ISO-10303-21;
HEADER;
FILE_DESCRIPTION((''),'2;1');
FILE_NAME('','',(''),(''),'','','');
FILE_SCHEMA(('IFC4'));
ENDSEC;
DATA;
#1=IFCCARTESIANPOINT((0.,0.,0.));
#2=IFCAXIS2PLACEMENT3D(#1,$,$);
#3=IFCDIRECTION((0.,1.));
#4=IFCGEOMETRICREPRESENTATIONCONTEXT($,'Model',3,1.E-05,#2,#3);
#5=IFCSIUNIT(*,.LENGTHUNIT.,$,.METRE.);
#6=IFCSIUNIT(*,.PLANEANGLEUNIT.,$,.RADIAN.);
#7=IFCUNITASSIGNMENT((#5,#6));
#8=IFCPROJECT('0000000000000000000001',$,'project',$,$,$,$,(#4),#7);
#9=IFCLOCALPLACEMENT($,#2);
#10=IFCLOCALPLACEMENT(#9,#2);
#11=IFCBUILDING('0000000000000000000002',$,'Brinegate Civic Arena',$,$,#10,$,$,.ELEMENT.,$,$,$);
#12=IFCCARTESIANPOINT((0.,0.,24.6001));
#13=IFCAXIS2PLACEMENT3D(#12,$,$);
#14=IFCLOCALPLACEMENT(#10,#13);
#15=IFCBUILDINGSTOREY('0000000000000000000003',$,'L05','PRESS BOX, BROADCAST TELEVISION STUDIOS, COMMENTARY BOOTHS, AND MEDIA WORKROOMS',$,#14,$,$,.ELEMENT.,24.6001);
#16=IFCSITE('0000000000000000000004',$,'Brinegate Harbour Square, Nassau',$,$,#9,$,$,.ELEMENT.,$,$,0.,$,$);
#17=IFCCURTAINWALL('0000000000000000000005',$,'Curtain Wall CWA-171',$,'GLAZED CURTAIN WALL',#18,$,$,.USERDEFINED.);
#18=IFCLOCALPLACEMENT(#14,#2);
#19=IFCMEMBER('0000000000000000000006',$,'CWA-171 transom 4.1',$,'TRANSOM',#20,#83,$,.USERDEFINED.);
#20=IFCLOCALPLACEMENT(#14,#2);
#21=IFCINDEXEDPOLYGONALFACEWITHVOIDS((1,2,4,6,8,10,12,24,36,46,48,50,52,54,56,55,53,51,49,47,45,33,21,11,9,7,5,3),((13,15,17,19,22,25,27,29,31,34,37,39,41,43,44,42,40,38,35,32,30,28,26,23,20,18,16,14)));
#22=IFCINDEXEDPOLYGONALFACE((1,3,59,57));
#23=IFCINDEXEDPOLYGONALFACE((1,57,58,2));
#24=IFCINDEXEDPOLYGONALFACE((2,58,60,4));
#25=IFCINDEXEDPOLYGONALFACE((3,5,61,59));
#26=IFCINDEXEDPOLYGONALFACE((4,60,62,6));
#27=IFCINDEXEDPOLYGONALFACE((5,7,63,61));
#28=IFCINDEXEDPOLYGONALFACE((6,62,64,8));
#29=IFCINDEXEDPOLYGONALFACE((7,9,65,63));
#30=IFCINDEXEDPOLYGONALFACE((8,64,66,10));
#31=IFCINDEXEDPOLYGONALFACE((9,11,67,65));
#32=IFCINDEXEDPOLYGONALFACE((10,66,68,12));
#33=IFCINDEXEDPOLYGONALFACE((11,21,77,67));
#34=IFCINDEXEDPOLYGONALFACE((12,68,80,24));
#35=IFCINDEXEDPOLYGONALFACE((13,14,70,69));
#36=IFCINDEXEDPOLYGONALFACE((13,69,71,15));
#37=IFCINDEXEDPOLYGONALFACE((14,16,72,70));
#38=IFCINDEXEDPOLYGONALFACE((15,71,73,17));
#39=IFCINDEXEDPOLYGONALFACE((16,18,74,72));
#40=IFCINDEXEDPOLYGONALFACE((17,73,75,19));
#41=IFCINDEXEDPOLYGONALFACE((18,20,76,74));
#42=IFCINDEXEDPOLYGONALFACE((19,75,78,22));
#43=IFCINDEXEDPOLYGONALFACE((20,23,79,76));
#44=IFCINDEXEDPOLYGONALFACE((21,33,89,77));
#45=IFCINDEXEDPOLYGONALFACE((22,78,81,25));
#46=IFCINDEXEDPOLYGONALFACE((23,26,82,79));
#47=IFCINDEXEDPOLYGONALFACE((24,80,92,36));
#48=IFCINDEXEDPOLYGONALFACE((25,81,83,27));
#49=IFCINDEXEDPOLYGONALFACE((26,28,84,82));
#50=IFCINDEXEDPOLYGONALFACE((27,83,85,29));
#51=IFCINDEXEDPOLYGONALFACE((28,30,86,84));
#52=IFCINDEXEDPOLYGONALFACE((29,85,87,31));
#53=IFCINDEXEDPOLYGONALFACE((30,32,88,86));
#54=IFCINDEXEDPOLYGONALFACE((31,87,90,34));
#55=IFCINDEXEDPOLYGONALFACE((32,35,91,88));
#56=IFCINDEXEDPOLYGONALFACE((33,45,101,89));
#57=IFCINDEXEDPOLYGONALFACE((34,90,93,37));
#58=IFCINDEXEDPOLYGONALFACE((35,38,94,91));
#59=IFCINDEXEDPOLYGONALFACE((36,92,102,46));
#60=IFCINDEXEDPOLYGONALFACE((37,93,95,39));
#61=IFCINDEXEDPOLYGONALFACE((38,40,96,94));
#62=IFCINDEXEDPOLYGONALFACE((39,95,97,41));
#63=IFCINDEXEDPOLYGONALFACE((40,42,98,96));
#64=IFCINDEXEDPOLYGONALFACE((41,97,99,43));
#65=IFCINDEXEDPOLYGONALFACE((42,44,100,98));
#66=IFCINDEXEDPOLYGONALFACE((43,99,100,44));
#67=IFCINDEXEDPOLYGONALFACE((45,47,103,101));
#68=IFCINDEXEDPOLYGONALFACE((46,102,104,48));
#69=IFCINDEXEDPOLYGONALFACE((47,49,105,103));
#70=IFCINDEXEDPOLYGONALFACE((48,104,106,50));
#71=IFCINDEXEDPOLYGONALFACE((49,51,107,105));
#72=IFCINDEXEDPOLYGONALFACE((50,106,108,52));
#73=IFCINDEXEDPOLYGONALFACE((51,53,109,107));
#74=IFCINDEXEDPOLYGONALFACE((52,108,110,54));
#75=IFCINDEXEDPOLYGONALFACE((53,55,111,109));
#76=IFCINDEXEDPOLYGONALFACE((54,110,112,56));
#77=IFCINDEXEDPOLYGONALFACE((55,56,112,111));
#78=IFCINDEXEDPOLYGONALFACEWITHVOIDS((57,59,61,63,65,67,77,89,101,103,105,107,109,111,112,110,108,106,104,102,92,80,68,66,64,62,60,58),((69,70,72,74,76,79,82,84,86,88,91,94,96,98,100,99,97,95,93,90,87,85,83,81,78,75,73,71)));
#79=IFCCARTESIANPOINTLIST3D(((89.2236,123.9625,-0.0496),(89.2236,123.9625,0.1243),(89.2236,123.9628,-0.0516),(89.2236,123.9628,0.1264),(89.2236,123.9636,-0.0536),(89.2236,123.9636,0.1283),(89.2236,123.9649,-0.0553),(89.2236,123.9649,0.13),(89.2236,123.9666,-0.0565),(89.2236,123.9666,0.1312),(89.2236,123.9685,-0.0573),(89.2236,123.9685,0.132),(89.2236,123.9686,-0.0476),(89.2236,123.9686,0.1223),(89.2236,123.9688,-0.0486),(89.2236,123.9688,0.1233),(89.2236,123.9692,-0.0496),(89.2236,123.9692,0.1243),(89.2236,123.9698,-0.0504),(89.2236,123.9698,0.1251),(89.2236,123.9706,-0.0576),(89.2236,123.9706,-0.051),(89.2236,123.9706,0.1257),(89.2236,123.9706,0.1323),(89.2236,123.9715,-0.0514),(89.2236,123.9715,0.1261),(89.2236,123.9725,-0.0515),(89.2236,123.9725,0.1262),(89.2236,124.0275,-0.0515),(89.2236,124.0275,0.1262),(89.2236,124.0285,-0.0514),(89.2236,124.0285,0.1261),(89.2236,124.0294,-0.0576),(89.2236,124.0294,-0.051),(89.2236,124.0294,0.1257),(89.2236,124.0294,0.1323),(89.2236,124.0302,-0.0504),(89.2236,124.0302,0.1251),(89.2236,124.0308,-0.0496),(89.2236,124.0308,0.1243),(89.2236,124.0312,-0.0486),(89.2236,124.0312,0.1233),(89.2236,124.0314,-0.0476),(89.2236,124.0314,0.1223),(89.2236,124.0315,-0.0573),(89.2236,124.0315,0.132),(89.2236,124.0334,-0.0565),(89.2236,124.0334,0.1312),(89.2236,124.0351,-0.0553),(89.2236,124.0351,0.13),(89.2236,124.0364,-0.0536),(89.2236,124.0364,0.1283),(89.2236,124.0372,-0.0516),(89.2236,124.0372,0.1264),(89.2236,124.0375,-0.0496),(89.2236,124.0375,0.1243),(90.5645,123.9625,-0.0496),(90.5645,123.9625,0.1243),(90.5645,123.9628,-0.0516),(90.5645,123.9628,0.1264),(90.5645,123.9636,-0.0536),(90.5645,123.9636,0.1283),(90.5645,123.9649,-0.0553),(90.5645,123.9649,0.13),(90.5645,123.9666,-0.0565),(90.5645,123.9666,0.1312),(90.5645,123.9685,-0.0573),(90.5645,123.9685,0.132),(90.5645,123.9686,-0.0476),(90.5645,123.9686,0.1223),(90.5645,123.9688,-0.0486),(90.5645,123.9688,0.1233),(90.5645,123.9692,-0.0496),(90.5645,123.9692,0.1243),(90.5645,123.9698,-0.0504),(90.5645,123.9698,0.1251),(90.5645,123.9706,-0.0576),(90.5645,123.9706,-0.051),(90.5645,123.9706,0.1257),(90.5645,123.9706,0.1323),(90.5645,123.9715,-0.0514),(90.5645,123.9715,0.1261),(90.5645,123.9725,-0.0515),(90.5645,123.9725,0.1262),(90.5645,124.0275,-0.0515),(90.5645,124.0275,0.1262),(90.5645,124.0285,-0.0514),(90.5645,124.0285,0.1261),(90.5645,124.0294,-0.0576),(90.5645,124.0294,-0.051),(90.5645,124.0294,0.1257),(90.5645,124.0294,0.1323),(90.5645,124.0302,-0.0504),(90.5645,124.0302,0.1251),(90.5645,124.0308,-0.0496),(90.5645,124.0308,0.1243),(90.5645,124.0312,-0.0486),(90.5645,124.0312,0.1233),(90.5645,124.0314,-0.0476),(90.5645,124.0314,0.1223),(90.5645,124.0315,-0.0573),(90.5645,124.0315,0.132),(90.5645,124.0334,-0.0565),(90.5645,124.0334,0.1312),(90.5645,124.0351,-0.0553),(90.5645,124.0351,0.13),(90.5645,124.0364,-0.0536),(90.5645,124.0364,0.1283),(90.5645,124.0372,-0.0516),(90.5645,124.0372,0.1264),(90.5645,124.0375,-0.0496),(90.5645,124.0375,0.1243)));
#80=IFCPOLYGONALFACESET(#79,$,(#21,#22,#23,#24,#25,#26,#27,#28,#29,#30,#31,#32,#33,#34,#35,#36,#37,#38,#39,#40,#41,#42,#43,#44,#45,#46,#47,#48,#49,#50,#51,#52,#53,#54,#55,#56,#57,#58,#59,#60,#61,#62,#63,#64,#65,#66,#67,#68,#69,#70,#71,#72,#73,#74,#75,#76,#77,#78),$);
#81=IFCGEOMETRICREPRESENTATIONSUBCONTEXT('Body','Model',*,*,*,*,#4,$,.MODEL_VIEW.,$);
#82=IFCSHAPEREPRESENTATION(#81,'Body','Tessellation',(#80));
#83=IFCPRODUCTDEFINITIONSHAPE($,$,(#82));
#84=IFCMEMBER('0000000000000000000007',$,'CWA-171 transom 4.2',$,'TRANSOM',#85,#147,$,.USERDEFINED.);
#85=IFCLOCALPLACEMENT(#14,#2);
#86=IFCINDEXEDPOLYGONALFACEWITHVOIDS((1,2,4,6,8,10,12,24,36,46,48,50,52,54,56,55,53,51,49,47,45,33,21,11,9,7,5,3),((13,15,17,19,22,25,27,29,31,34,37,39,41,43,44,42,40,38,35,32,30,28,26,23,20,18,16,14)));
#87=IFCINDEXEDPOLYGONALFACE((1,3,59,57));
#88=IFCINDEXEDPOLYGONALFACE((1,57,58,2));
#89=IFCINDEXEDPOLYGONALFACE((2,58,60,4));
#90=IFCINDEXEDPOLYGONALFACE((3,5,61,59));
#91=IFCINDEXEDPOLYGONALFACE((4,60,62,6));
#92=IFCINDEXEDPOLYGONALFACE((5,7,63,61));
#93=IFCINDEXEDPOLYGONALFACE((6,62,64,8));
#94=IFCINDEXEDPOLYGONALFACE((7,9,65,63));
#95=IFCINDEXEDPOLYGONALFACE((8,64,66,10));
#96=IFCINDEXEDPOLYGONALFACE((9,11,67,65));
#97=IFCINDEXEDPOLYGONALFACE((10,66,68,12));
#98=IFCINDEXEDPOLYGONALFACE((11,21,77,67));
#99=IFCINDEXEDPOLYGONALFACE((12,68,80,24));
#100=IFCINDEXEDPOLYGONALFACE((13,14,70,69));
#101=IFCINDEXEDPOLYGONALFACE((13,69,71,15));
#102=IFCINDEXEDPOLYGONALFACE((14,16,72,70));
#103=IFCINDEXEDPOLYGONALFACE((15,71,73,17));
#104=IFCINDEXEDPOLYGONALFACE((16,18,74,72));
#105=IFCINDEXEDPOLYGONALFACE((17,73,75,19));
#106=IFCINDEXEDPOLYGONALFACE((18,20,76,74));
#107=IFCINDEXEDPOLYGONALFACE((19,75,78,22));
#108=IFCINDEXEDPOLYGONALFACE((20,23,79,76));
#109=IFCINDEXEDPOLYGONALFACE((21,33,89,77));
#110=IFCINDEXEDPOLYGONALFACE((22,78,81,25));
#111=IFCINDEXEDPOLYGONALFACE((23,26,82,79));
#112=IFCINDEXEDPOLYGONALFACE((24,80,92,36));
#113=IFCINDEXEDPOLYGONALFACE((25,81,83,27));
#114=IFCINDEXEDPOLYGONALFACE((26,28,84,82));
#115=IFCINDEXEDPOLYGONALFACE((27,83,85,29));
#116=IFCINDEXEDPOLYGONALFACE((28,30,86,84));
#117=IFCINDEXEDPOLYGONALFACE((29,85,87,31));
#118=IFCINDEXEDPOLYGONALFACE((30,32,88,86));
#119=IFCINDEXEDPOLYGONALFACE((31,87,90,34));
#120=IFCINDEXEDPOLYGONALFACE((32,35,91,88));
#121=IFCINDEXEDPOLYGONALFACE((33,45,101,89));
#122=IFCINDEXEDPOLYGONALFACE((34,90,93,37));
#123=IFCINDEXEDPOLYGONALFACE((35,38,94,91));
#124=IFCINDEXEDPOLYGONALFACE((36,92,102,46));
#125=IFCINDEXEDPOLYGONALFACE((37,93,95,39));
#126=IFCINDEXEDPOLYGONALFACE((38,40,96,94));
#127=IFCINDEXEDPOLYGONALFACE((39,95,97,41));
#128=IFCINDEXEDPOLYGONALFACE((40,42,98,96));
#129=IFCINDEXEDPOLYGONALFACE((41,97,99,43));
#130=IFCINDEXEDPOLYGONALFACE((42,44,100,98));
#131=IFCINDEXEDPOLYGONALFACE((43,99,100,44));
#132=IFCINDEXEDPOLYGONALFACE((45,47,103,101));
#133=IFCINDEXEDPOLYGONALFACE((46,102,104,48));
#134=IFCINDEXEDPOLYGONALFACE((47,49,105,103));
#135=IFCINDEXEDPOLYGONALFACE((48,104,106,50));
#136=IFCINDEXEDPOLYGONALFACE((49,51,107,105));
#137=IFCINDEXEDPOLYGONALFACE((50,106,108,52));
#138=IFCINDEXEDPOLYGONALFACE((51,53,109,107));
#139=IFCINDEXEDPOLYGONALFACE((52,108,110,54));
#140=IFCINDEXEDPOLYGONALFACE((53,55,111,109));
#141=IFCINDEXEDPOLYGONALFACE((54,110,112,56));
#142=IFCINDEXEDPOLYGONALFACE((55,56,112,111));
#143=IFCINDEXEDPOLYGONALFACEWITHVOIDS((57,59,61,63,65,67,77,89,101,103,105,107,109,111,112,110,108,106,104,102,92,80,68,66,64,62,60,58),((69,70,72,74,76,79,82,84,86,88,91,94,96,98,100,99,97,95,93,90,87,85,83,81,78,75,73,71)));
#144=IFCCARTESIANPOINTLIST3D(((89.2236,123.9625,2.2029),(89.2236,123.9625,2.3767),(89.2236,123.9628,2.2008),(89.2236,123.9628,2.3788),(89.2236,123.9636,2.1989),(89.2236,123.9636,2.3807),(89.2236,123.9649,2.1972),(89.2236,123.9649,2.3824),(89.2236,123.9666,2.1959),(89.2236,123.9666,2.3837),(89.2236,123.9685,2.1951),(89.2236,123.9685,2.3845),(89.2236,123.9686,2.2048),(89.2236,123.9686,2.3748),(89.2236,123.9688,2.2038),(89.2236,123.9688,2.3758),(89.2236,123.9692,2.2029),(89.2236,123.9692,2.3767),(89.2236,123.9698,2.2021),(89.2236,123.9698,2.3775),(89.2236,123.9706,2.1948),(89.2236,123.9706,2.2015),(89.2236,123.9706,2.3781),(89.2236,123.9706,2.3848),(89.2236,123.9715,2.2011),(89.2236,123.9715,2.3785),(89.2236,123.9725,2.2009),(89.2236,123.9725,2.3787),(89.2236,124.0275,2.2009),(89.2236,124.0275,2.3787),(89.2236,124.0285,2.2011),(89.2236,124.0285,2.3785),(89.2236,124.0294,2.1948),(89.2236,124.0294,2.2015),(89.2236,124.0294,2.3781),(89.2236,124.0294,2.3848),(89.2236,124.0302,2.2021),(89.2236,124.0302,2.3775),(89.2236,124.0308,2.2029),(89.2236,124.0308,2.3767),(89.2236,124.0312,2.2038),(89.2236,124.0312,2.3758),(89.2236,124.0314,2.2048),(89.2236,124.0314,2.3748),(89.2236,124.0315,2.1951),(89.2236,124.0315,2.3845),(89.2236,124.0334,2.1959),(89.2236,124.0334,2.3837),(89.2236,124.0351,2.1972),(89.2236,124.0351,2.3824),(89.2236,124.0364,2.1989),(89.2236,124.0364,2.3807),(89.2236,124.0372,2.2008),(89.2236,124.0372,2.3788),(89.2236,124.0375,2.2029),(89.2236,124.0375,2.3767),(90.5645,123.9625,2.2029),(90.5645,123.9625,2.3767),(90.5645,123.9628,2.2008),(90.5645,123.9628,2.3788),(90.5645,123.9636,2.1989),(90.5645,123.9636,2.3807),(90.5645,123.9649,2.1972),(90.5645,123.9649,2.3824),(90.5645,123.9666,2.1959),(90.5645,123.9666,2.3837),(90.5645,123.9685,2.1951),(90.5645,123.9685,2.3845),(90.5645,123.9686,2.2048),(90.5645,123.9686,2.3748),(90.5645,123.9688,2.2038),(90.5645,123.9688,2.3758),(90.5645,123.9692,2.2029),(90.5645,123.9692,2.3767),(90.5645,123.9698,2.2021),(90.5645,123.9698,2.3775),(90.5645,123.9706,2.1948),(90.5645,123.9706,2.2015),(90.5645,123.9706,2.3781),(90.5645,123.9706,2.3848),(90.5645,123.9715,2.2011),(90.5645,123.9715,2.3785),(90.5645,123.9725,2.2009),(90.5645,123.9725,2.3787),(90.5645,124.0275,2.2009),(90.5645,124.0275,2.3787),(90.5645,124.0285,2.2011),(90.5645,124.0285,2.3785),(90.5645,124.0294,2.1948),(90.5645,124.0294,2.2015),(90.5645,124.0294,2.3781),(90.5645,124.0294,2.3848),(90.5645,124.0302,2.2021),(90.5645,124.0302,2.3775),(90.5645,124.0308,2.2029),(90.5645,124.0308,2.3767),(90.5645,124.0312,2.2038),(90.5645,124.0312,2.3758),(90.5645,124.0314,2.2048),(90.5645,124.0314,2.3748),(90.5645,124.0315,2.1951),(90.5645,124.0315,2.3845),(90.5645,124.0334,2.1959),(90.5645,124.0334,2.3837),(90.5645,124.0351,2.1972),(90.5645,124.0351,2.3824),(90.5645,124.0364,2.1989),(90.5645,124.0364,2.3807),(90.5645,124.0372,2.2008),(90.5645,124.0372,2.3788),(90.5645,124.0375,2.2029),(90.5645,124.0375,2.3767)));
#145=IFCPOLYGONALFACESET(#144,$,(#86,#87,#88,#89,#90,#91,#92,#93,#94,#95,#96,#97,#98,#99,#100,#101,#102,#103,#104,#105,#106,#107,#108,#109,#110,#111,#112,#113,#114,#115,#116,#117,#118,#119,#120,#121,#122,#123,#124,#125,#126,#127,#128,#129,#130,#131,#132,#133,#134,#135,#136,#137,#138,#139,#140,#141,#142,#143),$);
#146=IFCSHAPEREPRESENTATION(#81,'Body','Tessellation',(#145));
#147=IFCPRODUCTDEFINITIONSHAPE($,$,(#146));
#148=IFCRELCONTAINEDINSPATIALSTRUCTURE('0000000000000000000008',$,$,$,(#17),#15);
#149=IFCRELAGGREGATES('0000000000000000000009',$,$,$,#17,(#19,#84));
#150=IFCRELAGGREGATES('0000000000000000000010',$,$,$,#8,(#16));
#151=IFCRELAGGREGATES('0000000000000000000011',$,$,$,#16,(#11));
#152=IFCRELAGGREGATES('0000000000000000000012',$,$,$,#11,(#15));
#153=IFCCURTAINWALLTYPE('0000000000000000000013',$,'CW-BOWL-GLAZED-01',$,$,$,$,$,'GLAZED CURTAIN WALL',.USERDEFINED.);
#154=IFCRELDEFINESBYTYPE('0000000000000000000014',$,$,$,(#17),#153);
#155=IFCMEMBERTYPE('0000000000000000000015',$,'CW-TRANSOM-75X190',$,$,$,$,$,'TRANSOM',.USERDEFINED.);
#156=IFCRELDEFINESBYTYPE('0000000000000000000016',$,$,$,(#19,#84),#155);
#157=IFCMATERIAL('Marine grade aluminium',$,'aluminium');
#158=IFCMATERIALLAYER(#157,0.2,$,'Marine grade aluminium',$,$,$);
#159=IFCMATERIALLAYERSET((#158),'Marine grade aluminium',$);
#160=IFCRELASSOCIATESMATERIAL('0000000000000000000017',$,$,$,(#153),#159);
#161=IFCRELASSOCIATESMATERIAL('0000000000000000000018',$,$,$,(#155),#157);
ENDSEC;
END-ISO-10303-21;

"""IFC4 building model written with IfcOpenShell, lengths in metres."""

from ifc_helpers import new_model, si_unit, direction, frame, origin, origin_2d, place, context, subcontext, project, spatial, hollow_rectangle, extrude, material, layer, layer_set, material_profile, profile_set, type_object, element, aggregate, save


model = new_model("IFC4")

# Units and contexts
model_context = context("Model", 3, precision=1e-05, world=origin(), true_north=direction((0.0, 1.0)))
body_context = subcontext(model_context, "Body", "Model", "MODEL_VIEW")
ifc_project = project(units=[si_unit("LENGTHUNIT", "METRE"), si_unit("PLANEANGLEUNIT", "RADIAN")], contexts=[model_context])

# Site, building, storey
site_placement = place(None, origin())
site = spatial("IfcSite", under=ifc_project, at=site_placement, Name="Brinegate Harbour Square, Nassau", CompositionType="ELEMENT", RefElevation=0.0)
building_placement = place(site_placement, origin())
building = spatial("IfcBuilding", under=site, at=building_placement, Name="Brinegate Civic Arena", CompositionType="ELEMENT")
storey_placement = place(building_placement, frame((0.0, 0.0, 24.6001)))
storey = spatial("IfcBuildingStorey", under=building, at=storey_placement, Name="L05", Description="PRESS BOX, BROADCAST TELEVISION STUDIOS, COMMENTARY BOOTHS, AND MEDIA WORKROOMS", CompositionType="ELEMENT", Elevation=24.6001)

# Curtain wall, members
ifc_material_1 = material(Name="Marine grade aluminium", Category="aluminium")
ifc_layer_1 = layer(ifc_material_1, 0.2, Name="Marine grade aluminium")
ifc_layer_set_1 = layer_set([ifc_layer_1], Name="Marine grade aluminium")
curtain_wall_type = type_object("IfcCurtainWallType", Name="CW-BOWL-GLAZED-01", ElementType="GLAZED CURTAIN WALL", PredefinedType="USERDEFINED", material=ifc_layer_set_1)
curtain_wall_placement = place(storey_placement, origin())
curtain_wall = element("IfcCurtainWall", 1, at=curtain_wall_placement, inside=storey, type_object=curtain_wall_type, Name="Curtain Wall CWA-171", ObjectType="GLAZED CURTAIN WALL", PredefinedType="USERDEFINED")
ifc_material_profile_1 = material_profile(ifc_material_1, hollow_rectangle(XDim=0.075, YDim=0.1899, WallThickness=0.0061, InnerFilletRadius=0.0039, OuterFilletRadius=0.0081, at=origin_2d()), Name="TRN75X190")
ifc_profile_set_1 = profile_set([ifc_material_profile_1], Name="Marine grade aluminium")
member_type_1 = type_object("IfcMemberType", Name="CW-TRANSOM-75X190", ElementType="TRANSOM", PredefinedType="USERDEFINED", material=ifc_profile_set_1)
member_1_placement = place(storey_placement, frame((89.2236, 124.0, 0.0374), z_axis=(1.0, 0.0, 0.0), x_axis=(0.0, 1.0, 0.0)))
member_1 = element("IfcMember", 2, at=member_1_placement, type_object=member_type_1, Name="CWA-171 transom 4.1", ObjectType="TRANSOM", PredefinedType="USERDEFINED", context=body_context, shape_type="SweptSolid", body=[
    extrude(hollow_rectangle(XDim=0.075, YDim=0.1899, WallThickness=0.0061, InnerFilletRadius=0.0039, OuterFilletRadius=0.0081, at=origin_2d()), origin(), (0.0, 0.0, 1.0), 1.3408),
])
member_2_placement = place(storey_placement, frame((89.2236, 124.0, 2.2898), z_axis=(1.0, 0.0, 0.0), x_axis=(0.0, 1.0, 0.0)))
member_2 = element("IfcMember", 3, at=member_2_placement, type_object=member_type_1, Name="CWA-171 transom 4.2", ObjectType="TRANSOM", PredefinedType="USERDEFINED", context=body_context, shape_type="SweptSolid", body=[
    extrude(hollow_rectangle(XDim=0.075, YDim=0.1899, WallThickness=0.0061, InnerFilletRadius=0.0039, OuterFilletRadius=0.0081, at=origin_2d()), origin(), (0.0, 0.0, 1.0), 1.3408),
])
aggregate(curtain_wall, [member_1, member_2])

save(model, "model.ifc")
